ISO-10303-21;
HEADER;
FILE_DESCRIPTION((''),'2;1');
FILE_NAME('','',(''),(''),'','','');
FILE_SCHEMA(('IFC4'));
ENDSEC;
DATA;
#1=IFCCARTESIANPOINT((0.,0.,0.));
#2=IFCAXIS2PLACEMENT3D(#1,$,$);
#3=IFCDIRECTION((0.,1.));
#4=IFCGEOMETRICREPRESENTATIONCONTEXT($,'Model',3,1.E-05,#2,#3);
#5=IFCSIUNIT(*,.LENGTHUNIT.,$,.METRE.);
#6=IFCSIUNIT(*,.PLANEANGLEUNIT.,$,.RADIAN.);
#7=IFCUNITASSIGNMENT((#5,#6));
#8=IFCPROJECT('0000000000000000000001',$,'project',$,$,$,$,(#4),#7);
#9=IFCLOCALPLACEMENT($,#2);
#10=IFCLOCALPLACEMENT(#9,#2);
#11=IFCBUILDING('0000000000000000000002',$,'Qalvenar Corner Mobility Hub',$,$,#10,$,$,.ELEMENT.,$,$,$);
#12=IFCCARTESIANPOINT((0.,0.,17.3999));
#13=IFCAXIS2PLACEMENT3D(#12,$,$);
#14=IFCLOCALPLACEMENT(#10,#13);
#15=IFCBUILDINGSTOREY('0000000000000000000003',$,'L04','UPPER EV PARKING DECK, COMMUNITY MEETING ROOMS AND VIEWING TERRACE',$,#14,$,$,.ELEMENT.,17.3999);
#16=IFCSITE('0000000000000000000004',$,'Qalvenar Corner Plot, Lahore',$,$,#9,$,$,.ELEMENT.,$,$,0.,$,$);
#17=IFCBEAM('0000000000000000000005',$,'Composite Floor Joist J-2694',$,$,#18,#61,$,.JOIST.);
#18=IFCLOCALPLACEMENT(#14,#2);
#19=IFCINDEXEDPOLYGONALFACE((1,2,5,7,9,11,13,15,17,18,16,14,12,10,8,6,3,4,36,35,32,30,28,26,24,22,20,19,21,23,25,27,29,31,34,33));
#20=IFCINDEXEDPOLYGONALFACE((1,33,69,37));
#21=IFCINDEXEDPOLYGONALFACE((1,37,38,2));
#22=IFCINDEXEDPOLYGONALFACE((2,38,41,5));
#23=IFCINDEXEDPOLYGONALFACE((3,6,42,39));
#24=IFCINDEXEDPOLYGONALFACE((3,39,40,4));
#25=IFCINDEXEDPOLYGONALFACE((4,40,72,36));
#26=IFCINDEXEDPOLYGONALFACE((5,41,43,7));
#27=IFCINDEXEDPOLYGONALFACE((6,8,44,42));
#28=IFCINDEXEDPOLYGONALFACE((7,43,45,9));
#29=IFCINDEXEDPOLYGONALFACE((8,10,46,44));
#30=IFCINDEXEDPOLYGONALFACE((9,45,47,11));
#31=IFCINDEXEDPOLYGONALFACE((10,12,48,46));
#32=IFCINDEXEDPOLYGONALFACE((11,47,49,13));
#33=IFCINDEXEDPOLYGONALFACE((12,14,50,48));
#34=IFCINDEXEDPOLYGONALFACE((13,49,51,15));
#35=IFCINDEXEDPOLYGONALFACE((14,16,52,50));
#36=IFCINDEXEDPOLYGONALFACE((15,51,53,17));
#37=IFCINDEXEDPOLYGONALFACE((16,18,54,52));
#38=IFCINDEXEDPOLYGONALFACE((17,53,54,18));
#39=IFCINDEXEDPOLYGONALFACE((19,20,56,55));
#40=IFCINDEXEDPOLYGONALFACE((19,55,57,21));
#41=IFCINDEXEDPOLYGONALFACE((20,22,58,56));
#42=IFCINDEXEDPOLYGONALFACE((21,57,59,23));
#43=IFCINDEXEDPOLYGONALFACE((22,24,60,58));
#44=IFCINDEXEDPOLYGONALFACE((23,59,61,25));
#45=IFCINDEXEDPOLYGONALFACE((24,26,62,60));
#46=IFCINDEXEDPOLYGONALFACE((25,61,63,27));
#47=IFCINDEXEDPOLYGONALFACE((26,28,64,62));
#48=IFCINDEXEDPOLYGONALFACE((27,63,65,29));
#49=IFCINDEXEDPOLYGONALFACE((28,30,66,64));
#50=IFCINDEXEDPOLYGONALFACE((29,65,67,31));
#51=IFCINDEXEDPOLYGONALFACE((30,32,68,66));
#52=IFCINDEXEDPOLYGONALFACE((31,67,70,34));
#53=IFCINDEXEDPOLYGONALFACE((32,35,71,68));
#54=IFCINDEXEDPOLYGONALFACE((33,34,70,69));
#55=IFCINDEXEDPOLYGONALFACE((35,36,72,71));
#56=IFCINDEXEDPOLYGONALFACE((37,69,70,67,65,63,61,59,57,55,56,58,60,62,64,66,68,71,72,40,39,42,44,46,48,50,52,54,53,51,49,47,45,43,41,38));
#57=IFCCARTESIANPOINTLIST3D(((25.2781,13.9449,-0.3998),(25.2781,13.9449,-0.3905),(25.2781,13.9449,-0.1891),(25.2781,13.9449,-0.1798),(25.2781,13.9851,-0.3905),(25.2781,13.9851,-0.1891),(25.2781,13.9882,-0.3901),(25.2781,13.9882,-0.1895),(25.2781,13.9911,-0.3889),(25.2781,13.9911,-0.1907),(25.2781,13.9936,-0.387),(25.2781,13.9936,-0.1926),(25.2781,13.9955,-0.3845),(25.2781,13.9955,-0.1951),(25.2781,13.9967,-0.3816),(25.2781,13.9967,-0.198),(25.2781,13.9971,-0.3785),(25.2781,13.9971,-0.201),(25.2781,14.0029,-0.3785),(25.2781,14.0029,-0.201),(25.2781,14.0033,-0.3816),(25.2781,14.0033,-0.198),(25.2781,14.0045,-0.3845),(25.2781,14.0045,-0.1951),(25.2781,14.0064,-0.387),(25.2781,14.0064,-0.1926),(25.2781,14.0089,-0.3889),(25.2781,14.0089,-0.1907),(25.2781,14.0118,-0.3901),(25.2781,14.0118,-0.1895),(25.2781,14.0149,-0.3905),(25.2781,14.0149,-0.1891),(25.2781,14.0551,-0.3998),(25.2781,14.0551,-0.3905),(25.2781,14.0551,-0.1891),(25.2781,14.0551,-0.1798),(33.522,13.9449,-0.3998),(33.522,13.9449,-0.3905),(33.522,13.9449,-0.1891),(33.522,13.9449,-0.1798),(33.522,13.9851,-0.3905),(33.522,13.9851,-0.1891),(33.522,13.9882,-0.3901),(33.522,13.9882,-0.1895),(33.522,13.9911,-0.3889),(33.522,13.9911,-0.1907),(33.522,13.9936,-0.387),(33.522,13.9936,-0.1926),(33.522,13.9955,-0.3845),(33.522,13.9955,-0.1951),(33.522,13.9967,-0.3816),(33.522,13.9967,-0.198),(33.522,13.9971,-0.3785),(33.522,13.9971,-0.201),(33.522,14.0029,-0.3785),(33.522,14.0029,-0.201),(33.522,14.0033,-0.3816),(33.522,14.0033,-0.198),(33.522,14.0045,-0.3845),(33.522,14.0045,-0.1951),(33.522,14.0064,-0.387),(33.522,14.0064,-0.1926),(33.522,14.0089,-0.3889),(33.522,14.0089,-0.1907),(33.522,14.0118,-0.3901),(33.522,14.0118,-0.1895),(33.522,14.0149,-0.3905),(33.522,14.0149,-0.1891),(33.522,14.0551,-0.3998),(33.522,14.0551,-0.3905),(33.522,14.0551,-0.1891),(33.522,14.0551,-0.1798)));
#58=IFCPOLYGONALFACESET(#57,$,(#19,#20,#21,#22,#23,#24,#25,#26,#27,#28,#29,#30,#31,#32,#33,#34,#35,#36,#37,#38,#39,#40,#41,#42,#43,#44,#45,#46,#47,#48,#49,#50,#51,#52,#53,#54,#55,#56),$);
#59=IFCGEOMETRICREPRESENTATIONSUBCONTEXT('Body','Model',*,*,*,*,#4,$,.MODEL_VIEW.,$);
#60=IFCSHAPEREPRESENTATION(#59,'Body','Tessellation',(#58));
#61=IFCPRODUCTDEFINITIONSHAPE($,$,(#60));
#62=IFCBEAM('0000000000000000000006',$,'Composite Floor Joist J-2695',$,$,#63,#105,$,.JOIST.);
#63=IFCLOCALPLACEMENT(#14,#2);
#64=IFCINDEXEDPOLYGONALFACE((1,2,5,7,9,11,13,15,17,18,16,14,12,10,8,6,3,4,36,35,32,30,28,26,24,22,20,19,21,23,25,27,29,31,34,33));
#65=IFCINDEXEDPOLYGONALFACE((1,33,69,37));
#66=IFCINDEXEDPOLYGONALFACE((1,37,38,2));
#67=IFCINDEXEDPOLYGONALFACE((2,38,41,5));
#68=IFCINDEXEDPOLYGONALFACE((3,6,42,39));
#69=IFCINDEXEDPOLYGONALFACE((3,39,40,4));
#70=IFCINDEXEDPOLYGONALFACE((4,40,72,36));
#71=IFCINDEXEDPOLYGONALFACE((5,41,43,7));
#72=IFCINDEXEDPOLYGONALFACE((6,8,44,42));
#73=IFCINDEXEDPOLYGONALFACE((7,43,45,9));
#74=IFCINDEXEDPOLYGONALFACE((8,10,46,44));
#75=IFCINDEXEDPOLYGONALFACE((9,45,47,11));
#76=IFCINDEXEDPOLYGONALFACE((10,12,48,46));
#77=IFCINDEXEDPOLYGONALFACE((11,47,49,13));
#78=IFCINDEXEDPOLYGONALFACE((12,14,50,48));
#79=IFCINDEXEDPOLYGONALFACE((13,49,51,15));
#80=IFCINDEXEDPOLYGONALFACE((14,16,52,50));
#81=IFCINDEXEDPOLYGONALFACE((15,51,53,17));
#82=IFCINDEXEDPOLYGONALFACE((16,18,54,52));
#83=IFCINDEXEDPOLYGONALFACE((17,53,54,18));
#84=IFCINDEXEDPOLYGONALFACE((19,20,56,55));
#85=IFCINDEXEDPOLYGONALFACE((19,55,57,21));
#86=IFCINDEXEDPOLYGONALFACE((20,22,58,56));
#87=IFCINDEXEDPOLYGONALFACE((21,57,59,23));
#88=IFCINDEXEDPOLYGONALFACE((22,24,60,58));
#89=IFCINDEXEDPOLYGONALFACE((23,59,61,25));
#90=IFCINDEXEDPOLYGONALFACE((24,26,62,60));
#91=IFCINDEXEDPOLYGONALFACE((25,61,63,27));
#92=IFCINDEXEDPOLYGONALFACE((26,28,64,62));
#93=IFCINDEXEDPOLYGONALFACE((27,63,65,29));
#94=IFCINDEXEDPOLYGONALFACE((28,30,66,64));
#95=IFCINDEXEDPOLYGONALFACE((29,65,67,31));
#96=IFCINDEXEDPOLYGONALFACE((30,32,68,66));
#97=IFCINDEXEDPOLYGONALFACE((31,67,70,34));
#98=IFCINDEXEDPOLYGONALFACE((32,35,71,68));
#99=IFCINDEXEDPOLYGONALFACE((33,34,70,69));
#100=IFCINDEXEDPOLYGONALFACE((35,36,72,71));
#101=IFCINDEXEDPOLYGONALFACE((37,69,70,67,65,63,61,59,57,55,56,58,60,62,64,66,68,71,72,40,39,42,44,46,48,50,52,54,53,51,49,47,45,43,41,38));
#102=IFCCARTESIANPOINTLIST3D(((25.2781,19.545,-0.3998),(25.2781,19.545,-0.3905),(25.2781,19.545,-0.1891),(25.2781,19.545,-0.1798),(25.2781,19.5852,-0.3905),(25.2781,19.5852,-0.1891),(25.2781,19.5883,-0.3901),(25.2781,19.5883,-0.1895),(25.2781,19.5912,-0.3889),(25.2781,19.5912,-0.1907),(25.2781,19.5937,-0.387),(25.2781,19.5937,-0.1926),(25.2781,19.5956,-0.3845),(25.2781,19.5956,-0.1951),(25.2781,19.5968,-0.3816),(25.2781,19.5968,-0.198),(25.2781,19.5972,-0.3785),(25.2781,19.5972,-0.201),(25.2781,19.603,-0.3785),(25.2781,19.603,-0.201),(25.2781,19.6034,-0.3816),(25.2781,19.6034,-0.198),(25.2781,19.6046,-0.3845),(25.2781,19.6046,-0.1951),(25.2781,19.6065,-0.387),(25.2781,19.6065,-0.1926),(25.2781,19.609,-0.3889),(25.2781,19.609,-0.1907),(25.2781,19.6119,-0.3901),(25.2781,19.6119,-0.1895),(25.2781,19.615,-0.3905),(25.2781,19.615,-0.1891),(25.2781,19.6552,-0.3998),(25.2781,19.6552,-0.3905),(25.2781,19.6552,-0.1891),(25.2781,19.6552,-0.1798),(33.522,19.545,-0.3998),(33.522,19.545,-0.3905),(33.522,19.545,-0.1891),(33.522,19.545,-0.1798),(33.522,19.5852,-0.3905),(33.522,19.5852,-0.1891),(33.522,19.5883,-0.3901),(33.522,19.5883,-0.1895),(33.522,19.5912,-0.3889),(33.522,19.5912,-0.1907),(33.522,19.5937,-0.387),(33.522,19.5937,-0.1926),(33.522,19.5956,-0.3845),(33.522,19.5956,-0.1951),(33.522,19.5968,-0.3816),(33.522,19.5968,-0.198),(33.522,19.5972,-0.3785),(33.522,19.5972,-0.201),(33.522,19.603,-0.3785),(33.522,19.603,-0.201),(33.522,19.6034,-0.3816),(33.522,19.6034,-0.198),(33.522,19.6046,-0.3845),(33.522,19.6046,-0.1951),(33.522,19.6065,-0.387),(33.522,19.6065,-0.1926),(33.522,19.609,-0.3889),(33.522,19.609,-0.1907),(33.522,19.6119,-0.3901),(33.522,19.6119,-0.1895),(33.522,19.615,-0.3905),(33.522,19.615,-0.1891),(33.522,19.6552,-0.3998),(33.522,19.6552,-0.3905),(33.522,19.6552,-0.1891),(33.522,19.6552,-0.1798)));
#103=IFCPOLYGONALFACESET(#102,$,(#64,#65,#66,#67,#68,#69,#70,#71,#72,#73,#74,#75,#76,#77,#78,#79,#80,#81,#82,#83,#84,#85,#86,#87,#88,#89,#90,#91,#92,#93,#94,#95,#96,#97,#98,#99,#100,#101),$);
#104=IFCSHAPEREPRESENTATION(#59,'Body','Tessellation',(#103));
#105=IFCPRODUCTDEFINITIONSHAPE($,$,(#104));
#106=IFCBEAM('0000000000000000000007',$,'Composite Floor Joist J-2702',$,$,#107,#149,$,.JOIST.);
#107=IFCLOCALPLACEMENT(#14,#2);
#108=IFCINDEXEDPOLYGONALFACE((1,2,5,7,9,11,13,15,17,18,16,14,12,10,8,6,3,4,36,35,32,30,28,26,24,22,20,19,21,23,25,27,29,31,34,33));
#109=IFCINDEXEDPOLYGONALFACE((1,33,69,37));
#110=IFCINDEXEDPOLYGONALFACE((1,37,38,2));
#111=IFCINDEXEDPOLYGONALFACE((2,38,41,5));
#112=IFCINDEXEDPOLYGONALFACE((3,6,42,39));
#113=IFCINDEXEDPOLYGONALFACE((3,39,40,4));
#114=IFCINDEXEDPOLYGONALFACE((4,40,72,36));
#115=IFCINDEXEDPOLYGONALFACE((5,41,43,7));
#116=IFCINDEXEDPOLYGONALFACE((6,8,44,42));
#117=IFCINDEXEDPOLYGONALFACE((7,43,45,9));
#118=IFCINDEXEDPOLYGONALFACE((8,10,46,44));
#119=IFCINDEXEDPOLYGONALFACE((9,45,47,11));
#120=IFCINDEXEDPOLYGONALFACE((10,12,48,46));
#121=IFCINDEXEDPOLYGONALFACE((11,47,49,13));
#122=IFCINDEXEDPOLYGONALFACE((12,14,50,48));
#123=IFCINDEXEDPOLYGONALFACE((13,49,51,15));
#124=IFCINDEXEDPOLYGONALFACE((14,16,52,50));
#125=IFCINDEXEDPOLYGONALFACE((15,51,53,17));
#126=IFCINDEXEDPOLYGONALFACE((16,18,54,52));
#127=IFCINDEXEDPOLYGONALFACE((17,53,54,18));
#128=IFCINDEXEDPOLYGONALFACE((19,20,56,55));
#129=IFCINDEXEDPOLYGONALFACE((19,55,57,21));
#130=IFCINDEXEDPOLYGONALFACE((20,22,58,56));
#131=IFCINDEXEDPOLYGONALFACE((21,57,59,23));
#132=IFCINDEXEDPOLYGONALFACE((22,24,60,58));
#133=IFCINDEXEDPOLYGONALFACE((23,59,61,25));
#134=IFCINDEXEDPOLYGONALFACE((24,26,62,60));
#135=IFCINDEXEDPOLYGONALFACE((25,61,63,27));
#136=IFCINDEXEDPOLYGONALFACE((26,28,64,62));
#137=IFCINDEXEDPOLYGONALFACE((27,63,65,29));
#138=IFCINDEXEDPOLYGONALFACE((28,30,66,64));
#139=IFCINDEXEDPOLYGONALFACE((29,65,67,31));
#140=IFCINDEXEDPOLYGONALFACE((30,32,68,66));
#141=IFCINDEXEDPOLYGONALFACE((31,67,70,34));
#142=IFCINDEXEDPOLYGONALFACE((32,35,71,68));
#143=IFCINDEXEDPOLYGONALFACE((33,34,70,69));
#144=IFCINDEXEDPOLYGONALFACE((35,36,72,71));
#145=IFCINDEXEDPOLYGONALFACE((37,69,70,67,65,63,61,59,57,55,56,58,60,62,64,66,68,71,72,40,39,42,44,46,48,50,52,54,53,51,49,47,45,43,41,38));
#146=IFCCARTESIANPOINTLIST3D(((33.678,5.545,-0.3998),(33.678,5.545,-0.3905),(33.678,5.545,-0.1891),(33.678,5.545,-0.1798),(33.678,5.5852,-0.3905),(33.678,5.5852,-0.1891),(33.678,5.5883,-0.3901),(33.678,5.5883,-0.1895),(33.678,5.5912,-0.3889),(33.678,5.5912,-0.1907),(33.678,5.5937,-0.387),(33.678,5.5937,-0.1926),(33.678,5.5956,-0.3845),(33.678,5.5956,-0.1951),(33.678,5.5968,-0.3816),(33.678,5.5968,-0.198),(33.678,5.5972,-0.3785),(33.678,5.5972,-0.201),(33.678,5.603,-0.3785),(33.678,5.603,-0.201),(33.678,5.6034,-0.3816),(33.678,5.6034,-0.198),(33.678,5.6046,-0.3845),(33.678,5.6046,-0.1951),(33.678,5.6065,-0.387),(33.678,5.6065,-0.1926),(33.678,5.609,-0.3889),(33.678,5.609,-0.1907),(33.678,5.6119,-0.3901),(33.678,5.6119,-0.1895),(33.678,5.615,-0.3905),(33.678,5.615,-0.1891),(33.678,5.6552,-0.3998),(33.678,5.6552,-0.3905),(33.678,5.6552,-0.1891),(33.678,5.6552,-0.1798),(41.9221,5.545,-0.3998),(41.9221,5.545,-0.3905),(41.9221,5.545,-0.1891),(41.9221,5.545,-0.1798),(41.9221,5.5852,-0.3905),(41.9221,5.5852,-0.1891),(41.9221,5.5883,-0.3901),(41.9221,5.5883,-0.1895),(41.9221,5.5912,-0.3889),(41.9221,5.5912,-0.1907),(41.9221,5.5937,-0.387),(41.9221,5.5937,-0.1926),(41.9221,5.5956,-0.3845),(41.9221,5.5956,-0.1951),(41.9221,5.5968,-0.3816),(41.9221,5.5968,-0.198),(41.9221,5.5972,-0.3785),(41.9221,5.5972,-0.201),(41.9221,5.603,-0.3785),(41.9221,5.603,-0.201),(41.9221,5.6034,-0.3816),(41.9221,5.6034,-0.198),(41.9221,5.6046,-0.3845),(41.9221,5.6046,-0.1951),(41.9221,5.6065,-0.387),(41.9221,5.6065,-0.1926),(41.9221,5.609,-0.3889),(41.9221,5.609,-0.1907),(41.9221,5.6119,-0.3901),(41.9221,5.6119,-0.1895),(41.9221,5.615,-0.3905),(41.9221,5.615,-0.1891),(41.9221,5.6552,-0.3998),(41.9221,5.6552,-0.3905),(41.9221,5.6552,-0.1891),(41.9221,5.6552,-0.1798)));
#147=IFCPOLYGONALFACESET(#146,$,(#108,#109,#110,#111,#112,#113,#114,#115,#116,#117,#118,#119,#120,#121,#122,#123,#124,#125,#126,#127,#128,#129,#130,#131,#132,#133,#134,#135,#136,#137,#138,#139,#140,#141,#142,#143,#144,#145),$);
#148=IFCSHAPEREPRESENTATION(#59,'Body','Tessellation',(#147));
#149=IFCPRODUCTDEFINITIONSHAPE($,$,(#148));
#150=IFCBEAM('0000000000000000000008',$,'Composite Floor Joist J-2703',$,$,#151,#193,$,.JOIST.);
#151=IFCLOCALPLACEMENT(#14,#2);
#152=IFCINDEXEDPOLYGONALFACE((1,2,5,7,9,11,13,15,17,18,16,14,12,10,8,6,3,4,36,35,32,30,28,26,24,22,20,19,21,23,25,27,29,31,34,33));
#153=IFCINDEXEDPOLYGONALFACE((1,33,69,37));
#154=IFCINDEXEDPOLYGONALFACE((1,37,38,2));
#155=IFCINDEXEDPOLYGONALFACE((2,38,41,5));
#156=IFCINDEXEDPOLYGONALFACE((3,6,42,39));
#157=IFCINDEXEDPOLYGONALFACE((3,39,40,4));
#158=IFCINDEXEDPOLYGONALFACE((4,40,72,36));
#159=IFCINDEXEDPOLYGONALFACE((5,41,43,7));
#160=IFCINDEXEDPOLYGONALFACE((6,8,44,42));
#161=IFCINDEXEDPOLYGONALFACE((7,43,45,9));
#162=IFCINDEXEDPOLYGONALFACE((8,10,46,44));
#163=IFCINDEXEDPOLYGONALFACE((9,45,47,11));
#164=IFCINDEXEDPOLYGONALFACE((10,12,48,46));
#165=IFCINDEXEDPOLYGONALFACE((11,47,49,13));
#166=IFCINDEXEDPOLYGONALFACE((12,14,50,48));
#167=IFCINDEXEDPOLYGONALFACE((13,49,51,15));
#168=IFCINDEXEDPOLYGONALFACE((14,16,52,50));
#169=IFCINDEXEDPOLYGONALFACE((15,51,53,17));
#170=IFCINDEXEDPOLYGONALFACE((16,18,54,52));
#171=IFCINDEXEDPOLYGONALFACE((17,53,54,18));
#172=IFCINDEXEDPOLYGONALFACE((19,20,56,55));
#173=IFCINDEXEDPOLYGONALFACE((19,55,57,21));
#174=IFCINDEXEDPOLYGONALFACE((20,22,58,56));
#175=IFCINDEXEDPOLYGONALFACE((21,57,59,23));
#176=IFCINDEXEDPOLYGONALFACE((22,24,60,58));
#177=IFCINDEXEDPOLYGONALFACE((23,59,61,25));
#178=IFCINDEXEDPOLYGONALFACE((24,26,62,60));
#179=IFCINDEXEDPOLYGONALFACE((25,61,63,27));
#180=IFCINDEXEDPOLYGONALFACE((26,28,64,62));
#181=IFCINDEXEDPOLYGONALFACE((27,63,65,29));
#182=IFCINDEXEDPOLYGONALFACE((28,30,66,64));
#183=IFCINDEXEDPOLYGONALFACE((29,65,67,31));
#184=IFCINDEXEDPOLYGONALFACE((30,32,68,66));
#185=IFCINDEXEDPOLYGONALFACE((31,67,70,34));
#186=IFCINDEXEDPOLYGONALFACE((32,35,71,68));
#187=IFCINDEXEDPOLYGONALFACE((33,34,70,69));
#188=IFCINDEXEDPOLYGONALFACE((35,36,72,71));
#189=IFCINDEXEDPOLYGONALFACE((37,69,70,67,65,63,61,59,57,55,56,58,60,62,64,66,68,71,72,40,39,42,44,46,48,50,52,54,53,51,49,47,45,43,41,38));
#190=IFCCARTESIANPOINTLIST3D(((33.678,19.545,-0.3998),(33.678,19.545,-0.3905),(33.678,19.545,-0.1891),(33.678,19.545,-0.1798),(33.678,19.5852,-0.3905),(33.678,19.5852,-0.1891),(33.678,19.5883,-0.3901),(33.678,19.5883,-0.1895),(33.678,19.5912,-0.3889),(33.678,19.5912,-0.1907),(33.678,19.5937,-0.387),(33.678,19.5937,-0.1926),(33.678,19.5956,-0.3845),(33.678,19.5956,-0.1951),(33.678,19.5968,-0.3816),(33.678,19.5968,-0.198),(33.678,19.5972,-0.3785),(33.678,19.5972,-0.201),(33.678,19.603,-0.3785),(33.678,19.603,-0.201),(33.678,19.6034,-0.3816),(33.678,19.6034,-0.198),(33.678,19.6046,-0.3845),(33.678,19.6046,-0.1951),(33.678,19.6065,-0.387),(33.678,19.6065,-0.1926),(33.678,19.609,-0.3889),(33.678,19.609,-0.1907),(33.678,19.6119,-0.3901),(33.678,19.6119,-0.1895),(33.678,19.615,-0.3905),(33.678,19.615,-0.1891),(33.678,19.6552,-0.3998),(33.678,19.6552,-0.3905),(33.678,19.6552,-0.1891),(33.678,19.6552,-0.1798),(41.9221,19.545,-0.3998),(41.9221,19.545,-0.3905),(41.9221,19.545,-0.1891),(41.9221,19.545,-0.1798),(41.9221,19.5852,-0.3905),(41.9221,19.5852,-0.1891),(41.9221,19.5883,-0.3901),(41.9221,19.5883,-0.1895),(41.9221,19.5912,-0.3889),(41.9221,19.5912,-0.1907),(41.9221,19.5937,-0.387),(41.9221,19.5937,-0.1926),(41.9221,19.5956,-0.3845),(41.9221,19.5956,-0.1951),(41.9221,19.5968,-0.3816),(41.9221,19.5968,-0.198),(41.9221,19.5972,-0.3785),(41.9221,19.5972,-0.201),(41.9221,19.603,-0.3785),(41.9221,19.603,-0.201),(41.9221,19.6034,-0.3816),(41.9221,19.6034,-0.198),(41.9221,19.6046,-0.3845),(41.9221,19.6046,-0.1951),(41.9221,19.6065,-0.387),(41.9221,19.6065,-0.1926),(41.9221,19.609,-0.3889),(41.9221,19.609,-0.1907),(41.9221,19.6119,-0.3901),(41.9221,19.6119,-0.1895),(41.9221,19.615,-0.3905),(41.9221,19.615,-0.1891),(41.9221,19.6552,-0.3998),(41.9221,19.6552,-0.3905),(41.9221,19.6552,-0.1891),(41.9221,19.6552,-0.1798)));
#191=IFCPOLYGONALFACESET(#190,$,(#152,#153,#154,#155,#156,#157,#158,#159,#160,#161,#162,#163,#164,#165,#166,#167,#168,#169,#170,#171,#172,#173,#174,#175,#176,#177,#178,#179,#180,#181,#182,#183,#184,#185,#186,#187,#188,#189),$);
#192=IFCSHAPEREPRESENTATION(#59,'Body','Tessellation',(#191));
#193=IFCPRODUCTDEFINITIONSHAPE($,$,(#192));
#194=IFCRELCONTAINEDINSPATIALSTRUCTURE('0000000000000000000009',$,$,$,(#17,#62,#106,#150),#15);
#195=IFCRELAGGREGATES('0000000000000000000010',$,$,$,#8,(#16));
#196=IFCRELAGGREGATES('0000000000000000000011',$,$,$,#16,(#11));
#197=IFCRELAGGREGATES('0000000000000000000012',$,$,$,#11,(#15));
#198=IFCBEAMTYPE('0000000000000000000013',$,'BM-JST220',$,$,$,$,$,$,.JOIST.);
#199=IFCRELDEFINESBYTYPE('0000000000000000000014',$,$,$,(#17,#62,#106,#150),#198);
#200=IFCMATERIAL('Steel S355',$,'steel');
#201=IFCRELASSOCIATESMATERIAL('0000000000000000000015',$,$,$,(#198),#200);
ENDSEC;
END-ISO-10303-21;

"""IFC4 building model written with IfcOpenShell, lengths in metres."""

from ifc_helpers import new_model, si_unit, direction, frame, origin, origin_2d, place, context, subcontext, project, spatial, i_section, extrude, material, material_profile, profile_set, type_object, element, save


model = new_model("IFC4")

# Units and contexts
model_context = context("Model", 3, precision=1e-05, world=origin(), true_north=direction((0.0, 1.0)))
body_context = subcontext(model_context, "Body", "Model", "MODEL_VIEW")
ifc_project = project(units=[si_unit("LENGTHUNIT", "METRE"), si_unit("PLANEANGLEUNIT", "RADIAN")], contexts=[model_context])

# Site, building, storey
site_placement = place(None, origin())
site = spatial("IfcSite", under=ifc_project, at=site_placement, Name="Qalvenar Corner Plot, Lahore", CompositionType="ELEMENT", RefElevation=0.0)
building_placement = place(site_placement, origin())
building = spatial("IfcBuilding", under=site, at=building_placement, Name="Qalvenar Corner Mobility Hub", CompositionType="ELEMENT")
storey_placement = place(building_placement, frame((0.0, 0.0, 17.3999)))
storey = spatial("IfcBuildingStorey", under=building, at=storey_placement, Name="L04", Description="UPPER EV PARKING DECK, COMMUNITY MEETING ROOMS AND VIEWING TERRACE", CompositionType="ELEMENT", Elevation=17.3999)

# Shared definitions
ifc_material_1 = material(Name="Steel S355", Category="steel")

# Beams
ifc_material_profile_1 = material_profile(ifc_material_1, i_section(OverallWidth=0.1101, OverallDepth=0.22, WebThickness=0.0059, FlangeThickness=0.0093, FilletRadius=0.012, at=origin_2d()), Name="IPE220")
ifc_profile_set_1 = profile_set([ifc_material_profile_1], Name="Steel S355")
beam_type_1 = type_object("IfcBeamType", Name="BM-JST220", PredefinedType="JOIST", material=ifc_profile_set_1)
for number, where, z_axis, x_axis, name in (
    (1, (25.2781, 14.0, -0.2898), (1.0, 0.0, 0.0), (0.0, 1.0, 0.0), "Composite Floor Joist J-2694"),
    (2, (25.2781, 19.6001, -0.2898), (1.0, 0.0, 0.0), (0.0, 1.0, 0.0), "Composite Floor Joist J-2695"),
):
    element("IfcBeam", number, at=place(storey_placement, frame(where, z_axis=z_axis, x_axis=x_axis)), inside=storey, type_object=beam_type_1, Name=name, PredefinedType="JOIST", context=body_context, shape_type="SweptSolid", body=[
        extrude(i_section(OverallWidth=0.1101, OverallDepth=0.22, WebThickness=0.0059, FlangeThickness=0.0093, FilletRadius=0.012, at=origin_2d()), origin(), (0.0, 0.0, 1.0), 8.2439),
    ])
for number, where, z_axis, x_axis, name in (
    (3, (33.678, 5.6001, -0.2898), (1.0, 0.0, 0.0), (0.0, 1.0, 0.0), "Composite Floor Joist J-2702"),
    (4, (33.678, 19.6001, -0.2898), (1.0, 0.0, 0.0), (0.0, 1.0, 0.0), "Composite Floor Joist J-2703"),
):
    element("IfcBeam", number, at=place(storey_placement, frame(where, z_axis=z_axis, x_axis=x_axis)), inside=storey, type_object=beam_type_1, Name=name, PredefinedType="JOIST", context=body_context, shape_type="SweptSolid", body=[
        extrude(i_section(OverallWidth=0.1101, OverallDepth=0.22, WebThickness=0.0059, FlangeThickness=0.0093, FilletRadius=0.012, at=origin_2d()), origin(), (0.0, 0.0, 1.0), 8.2441),
    ])

save(model, "model.ifc")
